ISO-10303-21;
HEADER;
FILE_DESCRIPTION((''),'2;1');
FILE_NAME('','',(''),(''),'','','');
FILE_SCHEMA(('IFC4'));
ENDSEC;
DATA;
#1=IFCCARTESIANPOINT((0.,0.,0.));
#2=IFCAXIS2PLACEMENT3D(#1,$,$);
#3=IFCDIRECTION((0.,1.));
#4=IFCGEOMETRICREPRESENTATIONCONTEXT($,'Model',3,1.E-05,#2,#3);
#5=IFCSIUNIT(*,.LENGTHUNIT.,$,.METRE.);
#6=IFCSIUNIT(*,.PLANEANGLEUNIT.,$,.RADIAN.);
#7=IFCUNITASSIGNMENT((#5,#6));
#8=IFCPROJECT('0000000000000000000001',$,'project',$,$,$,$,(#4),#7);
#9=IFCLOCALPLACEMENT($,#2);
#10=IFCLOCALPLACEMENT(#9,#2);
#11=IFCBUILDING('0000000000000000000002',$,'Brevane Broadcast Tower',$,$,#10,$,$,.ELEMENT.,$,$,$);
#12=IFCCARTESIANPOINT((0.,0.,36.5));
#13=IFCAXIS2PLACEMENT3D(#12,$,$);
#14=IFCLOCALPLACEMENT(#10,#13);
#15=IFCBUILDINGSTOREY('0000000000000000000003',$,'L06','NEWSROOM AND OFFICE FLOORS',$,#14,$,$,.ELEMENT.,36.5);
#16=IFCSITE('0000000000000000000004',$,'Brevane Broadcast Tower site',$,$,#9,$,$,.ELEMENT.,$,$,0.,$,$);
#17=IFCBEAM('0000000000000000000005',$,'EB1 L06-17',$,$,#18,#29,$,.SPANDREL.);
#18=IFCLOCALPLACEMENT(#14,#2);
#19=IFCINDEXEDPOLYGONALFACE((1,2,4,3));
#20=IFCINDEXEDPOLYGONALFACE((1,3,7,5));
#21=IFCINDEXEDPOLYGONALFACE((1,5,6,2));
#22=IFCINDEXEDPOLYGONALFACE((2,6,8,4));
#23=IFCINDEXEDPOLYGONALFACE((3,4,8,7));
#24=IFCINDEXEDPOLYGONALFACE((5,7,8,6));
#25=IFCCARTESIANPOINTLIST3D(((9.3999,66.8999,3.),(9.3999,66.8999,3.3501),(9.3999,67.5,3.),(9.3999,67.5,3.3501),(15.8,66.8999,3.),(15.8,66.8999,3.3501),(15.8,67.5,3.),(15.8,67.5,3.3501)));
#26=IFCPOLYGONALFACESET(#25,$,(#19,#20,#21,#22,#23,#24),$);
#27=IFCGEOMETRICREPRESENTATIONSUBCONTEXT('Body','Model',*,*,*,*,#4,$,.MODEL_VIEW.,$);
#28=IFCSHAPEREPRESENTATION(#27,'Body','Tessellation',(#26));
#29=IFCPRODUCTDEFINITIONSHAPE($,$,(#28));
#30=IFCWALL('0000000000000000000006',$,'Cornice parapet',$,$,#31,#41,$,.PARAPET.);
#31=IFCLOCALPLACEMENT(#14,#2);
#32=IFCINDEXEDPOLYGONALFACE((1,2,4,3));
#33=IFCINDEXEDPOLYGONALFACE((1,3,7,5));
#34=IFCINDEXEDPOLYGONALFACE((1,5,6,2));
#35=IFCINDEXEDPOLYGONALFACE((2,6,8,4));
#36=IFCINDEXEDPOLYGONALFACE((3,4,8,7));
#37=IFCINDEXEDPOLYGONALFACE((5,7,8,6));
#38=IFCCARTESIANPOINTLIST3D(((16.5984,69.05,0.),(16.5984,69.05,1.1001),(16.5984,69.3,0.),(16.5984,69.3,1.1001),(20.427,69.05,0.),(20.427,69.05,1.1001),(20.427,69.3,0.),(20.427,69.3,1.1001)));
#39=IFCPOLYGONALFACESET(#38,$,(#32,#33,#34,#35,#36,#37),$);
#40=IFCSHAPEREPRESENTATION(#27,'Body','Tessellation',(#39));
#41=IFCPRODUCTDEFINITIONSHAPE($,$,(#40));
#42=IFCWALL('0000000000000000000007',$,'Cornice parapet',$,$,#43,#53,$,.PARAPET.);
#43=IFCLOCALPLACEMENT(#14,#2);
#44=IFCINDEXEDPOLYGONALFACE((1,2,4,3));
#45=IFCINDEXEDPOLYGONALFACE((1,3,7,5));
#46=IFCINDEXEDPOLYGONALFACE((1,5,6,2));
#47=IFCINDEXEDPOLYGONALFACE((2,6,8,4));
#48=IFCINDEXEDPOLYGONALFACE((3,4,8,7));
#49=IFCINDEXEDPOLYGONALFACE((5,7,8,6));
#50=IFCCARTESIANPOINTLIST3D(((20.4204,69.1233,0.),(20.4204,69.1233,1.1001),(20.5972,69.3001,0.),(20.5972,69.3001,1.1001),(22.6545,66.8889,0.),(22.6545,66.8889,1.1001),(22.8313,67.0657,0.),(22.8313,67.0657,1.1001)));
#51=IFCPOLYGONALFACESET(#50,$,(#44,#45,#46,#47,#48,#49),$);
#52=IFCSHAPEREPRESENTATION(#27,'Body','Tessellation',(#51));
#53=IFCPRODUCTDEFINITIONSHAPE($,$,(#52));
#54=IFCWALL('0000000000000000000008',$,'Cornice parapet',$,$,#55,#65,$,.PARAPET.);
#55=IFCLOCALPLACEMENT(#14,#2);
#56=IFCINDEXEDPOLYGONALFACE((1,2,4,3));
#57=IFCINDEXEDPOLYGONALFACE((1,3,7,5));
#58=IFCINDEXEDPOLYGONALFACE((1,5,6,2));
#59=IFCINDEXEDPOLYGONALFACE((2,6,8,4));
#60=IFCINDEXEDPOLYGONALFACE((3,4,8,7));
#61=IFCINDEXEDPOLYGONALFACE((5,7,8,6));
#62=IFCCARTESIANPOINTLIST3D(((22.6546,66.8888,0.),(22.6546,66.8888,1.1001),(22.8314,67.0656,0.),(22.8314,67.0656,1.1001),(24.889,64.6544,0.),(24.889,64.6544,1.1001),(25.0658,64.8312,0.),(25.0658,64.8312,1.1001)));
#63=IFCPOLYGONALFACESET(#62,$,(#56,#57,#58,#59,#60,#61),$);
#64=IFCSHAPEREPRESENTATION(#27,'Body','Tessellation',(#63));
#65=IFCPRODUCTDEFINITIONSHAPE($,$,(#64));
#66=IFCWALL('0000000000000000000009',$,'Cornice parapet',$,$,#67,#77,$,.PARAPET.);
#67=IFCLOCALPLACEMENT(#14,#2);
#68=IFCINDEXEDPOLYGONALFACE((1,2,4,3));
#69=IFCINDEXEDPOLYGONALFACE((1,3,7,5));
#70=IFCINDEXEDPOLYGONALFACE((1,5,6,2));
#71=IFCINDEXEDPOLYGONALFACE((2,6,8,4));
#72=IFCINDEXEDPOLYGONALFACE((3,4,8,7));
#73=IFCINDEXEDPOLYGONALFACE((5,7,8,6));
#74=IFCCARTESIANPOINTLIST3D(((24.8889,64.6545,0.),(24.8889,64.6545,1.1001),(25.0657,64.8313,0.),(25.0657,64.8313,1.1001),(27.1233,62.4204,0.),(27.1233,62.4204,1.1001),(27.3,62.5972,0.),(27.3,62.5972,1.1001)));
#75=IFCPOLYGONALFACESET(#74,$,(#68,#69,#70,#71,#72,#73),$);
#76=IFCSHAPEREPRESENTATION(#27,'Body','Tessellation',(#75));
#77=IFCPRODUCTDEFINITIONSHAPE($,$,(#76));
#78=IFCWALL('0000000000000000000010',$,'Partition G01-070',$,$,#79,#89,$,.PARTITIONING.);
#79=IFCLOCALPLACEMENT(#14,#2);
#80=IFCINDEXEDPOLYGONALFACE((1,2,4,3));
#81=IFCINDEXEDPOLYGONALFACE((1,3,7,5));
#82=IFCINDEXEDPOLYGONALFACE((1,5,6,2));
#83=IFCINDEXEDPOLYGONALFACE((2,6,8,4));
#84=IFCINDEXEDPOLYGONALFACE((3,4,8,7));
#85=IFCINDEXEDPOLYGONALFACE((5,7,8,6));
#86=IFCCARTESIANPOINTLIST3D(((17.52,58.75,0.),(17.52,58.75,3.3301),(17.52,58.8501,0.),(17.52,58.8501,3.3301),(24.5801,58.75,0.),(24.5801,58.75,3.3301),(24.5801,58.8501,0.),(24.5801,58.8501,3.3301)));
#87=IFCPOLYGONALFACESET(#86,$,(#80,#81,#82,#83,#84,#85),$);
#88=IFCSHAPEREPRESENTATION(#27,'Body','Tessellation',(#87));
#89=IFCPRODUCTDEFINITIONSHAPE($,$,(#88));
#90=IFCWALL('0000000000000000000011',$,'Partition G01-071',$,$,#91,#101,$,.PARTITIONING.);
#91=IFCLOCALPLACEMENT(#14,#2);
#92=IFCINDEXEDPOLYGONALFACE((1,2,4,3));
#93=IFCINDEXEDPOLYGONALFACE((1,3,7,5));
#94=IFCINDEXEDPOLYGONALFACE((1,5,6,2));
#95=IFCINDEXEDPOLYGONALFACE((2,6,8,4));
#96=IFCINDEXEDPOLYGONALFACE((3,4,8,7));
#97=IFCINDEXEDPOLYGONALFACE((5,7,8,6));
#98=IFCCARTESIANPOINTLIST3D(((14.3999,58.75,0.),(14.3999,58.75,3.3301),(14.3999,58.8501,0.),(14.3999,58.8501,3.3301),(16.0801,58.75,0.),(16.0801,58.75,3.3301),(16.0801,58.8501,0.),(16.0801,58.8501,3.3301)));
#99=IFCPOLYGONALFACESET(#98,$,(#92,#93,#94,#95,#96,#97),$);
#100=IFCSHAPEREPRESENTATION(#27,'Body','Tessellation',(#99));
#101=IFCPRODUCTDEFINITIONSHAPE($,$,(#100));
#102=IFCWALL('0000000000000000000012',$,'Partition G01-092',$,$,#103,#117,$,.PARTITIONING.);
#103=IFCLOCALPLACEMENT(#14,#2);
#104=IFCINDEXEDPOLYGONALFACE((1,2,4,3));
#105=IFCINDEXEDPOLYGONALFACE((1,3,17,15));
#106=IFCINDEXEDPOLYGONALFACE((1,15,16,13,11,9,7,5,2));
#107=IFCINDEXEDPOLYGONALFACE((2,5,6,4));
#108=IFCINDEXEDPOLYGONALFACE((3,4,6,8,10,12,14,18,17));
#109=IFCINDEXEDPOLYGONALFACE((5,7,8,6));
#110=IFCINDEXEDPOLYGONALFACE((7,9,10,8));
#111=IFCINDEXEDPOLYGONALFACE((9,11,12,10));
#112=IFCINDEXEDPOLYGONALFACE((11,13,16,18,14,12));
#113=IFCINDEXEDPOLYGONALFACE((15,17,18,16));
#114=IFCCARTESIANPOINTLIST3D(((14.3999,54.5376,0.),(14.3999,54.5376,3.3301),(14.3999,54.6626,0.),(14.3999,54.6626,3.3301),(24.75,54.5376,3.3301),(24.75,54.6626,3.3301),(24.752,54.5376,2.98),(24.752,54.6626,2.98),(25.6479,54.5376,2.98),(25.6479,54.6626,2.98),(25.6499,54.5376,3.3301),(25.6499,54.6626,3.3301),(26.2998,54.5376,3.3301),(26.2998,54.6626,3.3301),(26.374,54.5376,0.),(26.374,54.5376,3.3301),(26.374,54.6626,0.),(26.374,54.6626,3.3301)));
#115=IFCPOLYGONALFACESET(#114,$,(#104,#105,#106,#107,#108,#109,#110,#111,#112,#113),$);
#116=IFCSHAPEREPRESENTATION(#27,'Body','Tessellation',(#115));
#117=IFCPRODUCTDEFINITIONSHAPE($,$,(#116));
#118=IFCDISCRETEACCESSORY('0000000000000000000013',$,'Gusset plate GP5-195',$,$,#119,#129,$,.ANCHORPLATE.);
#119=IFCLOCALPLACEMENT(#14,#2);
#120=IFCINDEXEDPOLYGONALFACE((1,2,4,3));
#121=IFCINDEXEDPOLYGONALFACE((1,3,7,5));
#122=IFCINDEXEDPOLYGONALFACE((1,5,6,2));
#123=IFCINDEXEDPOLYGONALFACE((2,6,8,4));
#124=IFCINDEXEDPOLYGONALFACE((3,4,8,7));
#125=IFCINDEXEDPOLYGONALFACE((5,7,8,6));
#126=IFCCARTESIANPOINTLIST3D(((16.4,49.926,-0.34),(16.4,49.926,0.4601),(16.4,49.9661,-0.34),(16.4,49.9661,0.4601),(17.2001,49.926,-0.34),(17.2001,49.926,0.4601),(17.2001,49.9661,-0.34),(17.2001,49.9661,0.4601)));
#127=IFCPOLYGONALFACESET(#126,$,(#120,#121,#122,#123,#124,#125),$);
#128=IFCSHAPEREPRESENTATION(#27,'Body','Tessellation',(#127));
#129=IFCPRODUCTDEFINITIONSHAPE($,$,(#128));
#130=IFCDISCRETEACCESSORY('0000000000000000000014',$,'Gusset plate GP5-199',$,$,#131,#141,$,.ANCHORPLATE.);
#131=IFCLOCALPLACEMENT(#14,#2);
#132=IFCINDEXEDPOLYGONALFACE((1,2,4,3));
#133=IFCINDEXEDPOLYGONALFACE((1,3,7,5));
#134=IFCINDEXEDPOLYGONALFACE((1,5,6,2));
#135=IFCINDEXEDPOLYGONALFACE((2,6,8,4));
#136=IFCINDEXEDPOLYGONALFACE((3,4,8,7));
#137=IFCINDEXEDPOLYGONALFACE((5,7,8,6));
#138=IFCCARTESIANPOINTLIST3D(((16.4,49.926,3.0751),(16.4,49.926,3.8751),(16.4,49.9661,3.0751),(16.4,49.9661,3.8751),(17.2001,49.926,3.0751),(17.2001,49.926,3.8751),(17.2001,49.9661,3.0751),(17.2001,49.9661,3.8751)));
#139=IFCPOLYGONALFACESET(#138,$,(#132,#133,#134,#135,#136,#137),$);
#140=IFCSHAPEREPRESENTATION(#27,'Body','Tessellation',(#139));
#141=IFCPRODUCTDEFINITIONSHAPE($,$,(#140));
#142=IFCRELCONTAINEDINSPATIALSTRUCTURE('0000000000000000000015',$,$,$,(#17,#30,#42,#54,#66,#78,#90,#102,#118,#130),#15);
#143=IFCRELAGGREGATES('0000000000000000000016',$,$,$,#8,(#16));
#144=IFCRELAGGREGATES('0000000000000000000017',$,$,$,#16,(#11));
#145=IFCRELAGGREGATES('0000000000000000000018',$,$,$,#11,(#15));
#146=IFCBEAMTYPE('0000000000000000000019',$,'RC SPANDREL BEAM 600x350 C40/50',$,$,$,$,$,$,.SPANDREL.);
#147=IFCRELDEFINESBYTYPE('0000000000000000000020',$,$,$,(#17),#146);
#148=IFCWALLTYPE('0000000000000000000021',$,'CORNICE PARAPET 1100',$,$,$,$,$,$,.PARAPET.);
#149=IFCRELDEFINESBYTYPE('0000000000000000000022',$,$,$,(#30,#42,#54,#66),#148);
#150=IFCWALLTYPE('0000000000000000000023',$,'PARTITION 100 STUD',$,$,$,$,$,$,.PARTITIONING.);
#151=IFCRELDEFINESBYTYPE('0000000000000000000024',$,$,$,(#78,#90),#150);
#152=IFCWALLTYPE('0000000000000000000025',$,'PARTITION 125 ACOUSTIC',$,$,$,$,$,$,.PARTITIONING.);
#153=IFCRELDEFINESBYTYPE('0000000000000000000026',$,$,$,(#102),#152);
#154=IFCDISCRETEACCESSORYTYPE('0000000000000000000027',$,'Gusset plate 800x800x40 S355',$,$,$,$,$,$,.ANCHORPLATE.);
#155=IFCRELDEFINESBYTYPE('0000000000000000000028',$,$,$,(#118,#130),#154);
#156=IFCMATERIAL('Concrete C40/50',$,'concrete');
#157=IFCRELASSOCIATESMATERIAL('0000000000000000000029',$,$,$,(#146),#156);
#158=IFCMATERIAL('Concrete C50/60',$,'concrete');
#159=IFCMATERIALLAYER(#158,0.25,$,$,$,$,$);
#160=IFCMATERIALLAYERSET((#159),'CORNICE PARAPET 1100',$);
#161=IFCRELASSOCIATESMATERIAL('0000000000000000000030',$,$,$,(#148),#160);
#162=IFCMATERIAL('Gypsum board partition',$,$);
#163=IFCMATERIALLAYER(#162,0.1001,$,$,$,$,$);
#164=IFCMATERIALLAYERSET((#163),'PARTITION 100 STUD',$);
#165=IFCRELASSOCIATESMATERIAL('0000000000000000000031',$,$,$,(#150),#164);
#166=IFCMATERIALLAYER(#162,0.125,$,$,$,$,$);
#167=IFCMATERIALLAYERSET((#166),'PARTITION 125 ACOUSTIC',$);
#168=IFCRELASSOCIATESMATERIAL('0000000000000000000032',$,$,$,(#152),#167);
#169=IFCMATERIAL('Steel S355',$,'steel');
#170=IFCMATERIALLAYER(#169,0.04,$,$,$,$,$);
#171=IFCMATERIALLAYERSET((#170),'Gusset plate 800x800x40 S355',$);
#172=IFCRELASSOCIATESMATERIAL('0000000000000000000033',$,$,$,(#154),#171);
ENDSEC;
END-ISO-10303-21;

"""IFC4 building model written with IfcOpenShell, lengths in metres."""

from ifc_helpers import new_model, si_unit, direction, frame, frame_2d, origin, origin_2d, place, context, subcontext, project, spatial, polyline, rectangle, outline, extrude, material, layer, layer_set, material_profile, profile_set, type_object, element, save


model = new_model("IFC4")

# Units and contexts
model_context = context("Model", 3, precision=1e-05, world=origin(), true_north=direction((0.0, 1.0)))
body_context = subcontext(model_context, "Body", "Model", "MODEL_VIEW")
ifc_project = project(units=[si_unit("LENGTHUNIT", "METRE"), si_unit("PLANEANGLEUNIT", "RADIAN")], contexts=[model_context])

# Site, building, storey
site_placement = place(None, origin())
site = spatial("IfcSite", under=ifc_project, at=site_placement, Name="Brevane Broadcast Tower site", CompositionType="ELEMENT", RefElevation=0.0)
building_placement = place(site_placement, origin())
building = spatial("IfcBuilding", under=site, at=building_placement, Name="Brevane Broadcast Tower", CompositionType="ELEMENT")
storey_placement = place(building_placement, frame((0.0, 0.0, 36.5)))
storey = spatial("IfcBuildingStorey", under=building, at=storey_placement, Name="L06", Description="NEWSROOM AND OFFICE FLOORS", CompositionType="ELEMENT", Elevation=36.5)

# Shared definitions
ifc_material_1 = material(Name="Steel S355", Category="steel")

# Beam
ifc_material_2 = material(Name="Concrete C40/50", Category="concrete")
ifc_material_profile_1 = material_profile(ifc_material_2, rectangle(XDim=0.6001, YDim=0.3501, at=origin_2d()), Name="RC 600x350")
ifc_profile_set_1 = profile_set([ifc_material_profile_1], Name="Concrete C40/50")
beam_type = type_object("IfcBeamType", Name="RC SPANDREL BEAM 600x350 C40/50", PredefinedType="SPANDREL", material=ifc_profile_set_1)
beam_1_placement = place(storey_placement, frame((15.8, 67.2, 3.175), z_axis=(-1.0, 0.0, 0.0), x_axis=(0.0, -1.0, 0.0)))
element("IfcBeam", 1, at=beam_1_placement, inside=storey, type_object=beam_type, Name="EB1 L06-17", PredefinedType="SPANDREL", context=body_context, shape_type="SweptSolid", body=[
    extrude(rectangle(XDim=0.6001, YDim=0.3501, at=origin_2d()), origin(), (0.0, 0.0, 1.0), 6.4001),
])

# Walls
ifc_material_3 = material(Name="Concrete C50/60", Category="concrete")
ifc_layer_1 = layer(ifc_material_3, 0.25)
ifc_layer_set_1 = layer_set([ifc_layer_1], Name="CORNICE PARAPET 1100")
wall_type_1 = type_object("IfcWallType", Name="CORNICE PARAPET 1100", PredefinedType="PARAPET", material=ifc_layer_set_1)
wall_1_placement = place(storey_placement, frame((16.5984, 69.175, 0.0), z_axis=(0.0, 0.0, 1.0), x_axis=(1.0, 0.0, 0.0)))
element("IfcWall", 2, at=wall_1_placement, inside=storey, type_object=wall_type_1, Name="Cornice parapet", PredefinedType="PARAPET", context=body_context, shape_type="SweptSolid", body=[
    extrude(rectangle(XDim=3.8286, YDim=0.25, at=frame_2d((1.9143, 0.0))), origin(), (0.0, 0.0, 1.0), 1.1001),
])
wall_2_placement = place(storey_placement, frame((20.5088, 69.2117, 0.0), z_axis=(0.0, 0.0, 1.0), x_axis=(0.707068, -0.707145, 0.0)))
element("IfcWall", 3, at=wall_2_placement, inside=storey, type_object=wall_type_1, Name="Cornice parapet", PredefinedType="PARAPET", context=body_context, shape_type="SweptSolid", body=[
    extrude(rectangle(XDim=3.1597, YDim=0.25, at=frame_2d((1.5798, 0.0))), origin(), (0.0, 0.0, 1.0), 1.1001),
])
wall_3_placement = place(storey_placement, frame((22.7429, 66.9773, 0.0), z_axis=(0.0, 0.0, 1.0), x_axis=(0.707107, -0.707107, 0.0)))
element("IfcWall", 4, at=wall_3_placement, inside=storey, type_object=wall_type_1, Name="Cornice parapet", PredefinedType="PARAPET", context=body_context, shape_type="SweptSolid", body=[
    extrude(rectangle(XDim=3.1599, YDim=0.25, at=frame_2d((1.5801, 0.0))), origin(), (0.0, 0.0, 1.0), 1.1001),
])
wall_4_placement = place(storey_placement, frame((24.9773, 64.7429, 0.0), z_axis=(0.0, 0.0, 1.0), x_axis=(0.707145, -0.707068, 0.0)))
element("IfcWall", 5, at=wall_4_placement, inside=storey, type_object=wall_type_1, Name="Cornice parapet", PredefinedType="PARAPET", context=body_context, shape_type="SweptSolid", body=[
    extrude(rectangle(XDim=3.1597, YDim=0.25, at=frame_2d((1.5798, 0.0))), origin(), (0.0, 0.0, 1.0), 1.1001),
])
ifc_material_4 = material(Name="Gypsum board partition")
ifc_layer_2 = layer(ifc_material_4, 0.1001)
ifc_layer_set_2 = layer_set([ifc_layer_2], Name="PARTITION 100 STUD")
wall_type_2 = type_object("IfcWallType", Name="PARTITION 100 STUD", PredefinedType="PARTITIONING", material=ifc_layer_set_2)
wall_5_placement = place(storey_placement, frame((24.5801, 58.8, 0.0), z_axis=(0.0, 0.0, 1.0), x_axis=(-1.0, 0.0, 0.0)))
element("IfcWall", 6, at=wall_5_placement, inside=storey, type_object=wall_type_2, Name="Partition G01-070", PredefinedType="PARTITIONING", context=body_context, shape_type="SweptSolid", body=[
    extrude(rectangle(XDim=7.0601, YDim=0.1001, at=frame_2d((3.53, 0.0))), origin(), (0.0, 0.0, 1.0), 3.3301),
])
wall_6_placement = place(storey_placement, frame((16.0801, 58.8, 0.0), z_axis=(0.0, 0.0, 1.0), x_axis=(-1.0, 0.0, 0.0)))
element("IfcWall", 7, at=wall_6_placement, inside=storey, type_object=wall_type_2, Name="Partition G01-071", PredefinedType="PARTITIONING", context=body_context, shape_type="SweptSolid", body=[
    extrude(rectangle(XDim=1.6802, YDim=0.1001, at=frame_2d((0.8401, 0.0))), origin(), (0.0, 0.0, 1.0), 3.3301),
])
ifc_layer_3 = layer(ifc_material_4, 0.125)
ifc_layer_set_3 = layer_set([ifc_layer_3], Name="PARTITION 125 ACOUSTIC")
wall_type_3 = type_object("IfcWallType", Name="PARTITION 125 ACOUSTIC", PredefinedType="PARTITIONING", material=ifc_layer_set_3)
wall_7_placement = place(storey_placement, frame((14.3999, 54.6001, 0.0), z_axis=(0.0, 0.0, 1.0), x_axis=(1.0, 0.0, 0.0)))
element("IfcWall", 8, at=wall_7_placement, inside=storey, type_object=wall_type_3, Name="Partition G01-092", PredefinedType="PARTITIONING", context=body_context, shape_type="SweptSolid", body=[
    extrude(outline(polyline([(0.0, 0.0), (11.9741, 0.0), (11.9741, 3.3301), (11.8999, 3.3301), (11.25, 3.3301), (11.248, 2.98), (10.3521, 2.98), (10.3501, 3.3301), (0.0, 3.3301), (0.0, 0.0)])), frame((0.0, 0.0625, 0.0), z_axis=(0.0, -1.0, 0.0), x_axis=(1.0, 0.0, 0.0)), (0.0, 0.0, 1.0), 0.125),
])

# Discrete accessories
ifc_layer_4 = layer(ifc_material_1, 0.04)
ifc_layer_set_4 = layer_set([ifc_layer_4], Name="Gusset plate 800x800x40 S355")
discrete_accessory_type = type_object("IfcDiscreteAccessoryType", Name="Gusset plate 800x800x40 S355", PredefinedType="ANCHORPLATE", material=ifc_layer_set_4)
for number, where, z_axis, x_axis, name in (
    (9, (16.8, 49.926, 0.0601), (0.0, 1.0, 0.0), (-1.0, 0.0, 0.0), "Gusset plate GP5-195"),
    (10, (16.8, 49.926, 3.4751), (0.0, 1.0, 0.0), (-1.0, 0.0, 0.0), "Gusset plate GP5-199"),
):
    element("IfcDiscreteAccessory", number, at=place(storey_placement, frame(where, z_axis=z_axis, x_axis=x_axis)), inside=storey, type_object=discrete_accessory_type, Name=name, PredefinedType="ANCHORPLATE", context=body_context, shape_type="SweptSolid", body=[
        extrude(rectangle(XDim=0.8, YDim=0.8, at=origin_2d()), origin(), (0.0, 0.0, 1.0), 0.04),
    ])

save(model, "model.ifc")
